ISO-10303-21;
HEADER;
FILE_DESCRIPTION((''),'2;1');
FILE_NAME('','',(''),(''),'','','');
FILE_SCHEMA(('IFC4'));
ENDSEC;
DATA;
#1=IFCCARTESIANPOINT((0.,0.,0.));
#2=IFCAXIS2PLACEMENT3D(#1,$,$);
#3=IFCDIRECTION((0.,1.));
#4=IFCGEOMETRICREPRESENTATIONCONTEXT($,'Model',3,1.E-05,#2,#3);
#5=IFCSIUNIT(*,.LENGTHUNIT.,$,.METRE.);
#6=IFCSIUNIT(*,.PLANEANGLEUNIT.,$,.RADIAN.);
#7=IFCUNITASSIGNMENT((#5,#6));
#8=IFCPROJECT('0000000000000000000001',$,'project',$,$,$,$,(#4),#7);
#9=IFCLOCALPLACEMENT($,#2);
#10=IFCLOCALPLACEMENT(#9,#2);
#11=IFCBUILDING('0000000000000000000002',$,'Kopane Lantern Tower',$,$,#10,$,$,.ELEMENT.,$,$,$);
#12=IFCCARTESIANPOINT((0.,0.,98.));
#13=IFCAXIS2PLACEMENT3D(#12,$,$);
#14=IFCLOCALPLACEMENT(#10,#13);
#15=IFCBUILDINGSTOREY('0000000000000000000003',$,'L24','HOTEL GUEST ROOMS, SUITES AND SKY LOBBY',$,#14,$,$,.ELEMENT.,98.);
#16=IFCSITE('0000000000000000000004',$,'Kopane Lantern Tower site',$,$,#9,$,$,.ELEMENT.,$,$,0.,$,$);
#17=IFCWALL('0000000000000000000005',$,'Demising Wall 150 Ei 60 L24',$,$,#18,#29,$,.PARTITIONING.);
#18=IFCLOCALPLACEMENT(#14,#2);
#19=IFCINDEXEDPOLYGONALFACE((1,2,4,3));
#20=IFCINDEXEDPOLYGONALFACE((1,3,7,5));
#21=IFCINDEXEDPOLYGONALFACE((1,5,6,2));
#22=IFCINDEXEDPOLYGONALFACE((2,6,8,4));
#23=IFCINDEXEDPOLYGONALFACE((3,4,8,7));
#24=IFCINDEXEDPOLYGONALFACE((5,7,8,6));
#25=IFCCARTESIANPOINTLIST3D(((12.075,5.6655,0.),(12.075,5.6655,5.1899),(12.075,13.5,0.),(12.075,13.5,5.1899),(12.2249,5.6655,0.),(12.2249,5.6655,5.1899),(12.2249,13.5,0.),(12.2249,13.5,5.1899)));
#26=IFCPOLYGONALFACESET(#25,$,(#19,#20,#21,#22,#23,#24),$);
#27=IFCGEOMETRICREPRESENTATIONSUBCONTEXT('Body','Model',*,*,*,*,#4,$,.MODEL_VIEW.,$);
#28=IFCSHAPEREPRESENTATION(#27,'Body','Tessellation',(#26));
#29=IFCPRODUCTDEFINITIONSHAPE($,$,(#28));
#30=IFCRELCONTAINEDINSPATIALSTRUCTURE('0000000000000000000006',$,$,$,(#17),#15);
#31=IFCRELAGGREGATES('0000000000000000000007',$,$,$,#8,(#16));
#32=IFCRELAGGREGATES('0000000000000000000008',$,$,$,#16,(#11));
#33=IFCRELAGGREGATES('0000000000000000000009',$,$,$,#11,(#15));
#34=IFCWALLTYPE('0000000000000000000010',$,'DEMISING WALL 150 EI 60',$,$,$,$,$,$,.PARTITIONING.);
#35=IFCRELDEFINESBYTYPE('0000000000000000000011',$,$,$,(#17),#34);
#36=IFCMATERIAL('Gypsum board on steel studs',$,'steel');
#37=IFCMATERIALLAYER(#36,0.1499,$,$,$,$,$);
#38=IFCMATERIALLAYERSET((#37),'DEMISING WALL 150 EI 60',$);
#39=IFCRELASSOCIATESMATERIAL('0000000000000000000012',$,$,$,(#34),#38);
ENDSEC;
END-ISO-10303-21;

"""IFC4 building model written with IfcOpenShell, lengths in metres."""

from ifc_helpers import new_model, si_unit, direction, frame, frame_2d, origin, place, context, subcontext, project, spatial, rectangle, extrude, material, layer, layer_set, type_object, element, save


model = new_model("IFC4")

# Units and contexts
model_context = context("Model", 3, precision=1e-05, world=origin(), true_north=direction((0.0, 1.0)))
body_context = subcontext(model_context, "Body", "Model", "MODEL_VIEW")
ifc_project = project(units=[si_unit("LENGTHUNIT", "METRE"), si_unit("PLANEANGLEUNIT", "RADIAN")], contexts=[model_context])

# Site, building, storey
site_placement = place(None, origin())
site = spatial("IfcSite", under=ifc_project, at=site_placement, Name="Kopane Lantern Tower site", CompositionType="ELEMENT", RefElevation=0.0)
building_placement = place(site_placement, origin())
building = spatial("IfcBuilding", under=site, at=building_placement, Name="Kopane Lantern Tower", CompositionType="ELEMENT")
storey_placement = place(building_placement, frame((0.0, 0.0, 98.0)))
storey = spatial("IfcBuildingStorey", under=building, at=storey_placement, Name="L24", Description="HOTEL GUEST ROOMS, SUITES AND SKY LOBBY", CompositionType="ELEMENT", Elevation=98.0)

# Wall
ifc_material_1 = material(Name="Gypsum board on steel studs", Category="steel")
ifc_layer_1 = layer(ifc_material_1, 0.1499)
ifc_layer_set_1 = layer_set([ifc_layer_1], Name="DEMISING WALL 150 EI 60")
wall_type_1 = type_object("IfcWallType", Name="DEMISING WALL 150 EI 60", PredefinedType="PARTITIONING", material=ifc_layer_set_1)
wall_1_placement = place(storey_placement, frame((12.1499, 13.5, 0.0), z_axis=(0.0, 0.0, 1.0), x_axis=(0.0, -1.0, 0.0)))
element("IfcWall", 1, at=wall_1_placement, inside=storey, type_object=wall_type_1, Name="Demising Wall 150 Ei 60 L24", PredefinedType="PARTITIONING", context=body_context, shape_type="SweptSolid", body=[
    extrude(rectangle(XDim=7.8345, YDim=0.1499, at=frame_2d((3.9172, 0.0))), origin(), (0.0, 0.0, 1.0), 5.1899),
])

save(model, "model.ifc")
